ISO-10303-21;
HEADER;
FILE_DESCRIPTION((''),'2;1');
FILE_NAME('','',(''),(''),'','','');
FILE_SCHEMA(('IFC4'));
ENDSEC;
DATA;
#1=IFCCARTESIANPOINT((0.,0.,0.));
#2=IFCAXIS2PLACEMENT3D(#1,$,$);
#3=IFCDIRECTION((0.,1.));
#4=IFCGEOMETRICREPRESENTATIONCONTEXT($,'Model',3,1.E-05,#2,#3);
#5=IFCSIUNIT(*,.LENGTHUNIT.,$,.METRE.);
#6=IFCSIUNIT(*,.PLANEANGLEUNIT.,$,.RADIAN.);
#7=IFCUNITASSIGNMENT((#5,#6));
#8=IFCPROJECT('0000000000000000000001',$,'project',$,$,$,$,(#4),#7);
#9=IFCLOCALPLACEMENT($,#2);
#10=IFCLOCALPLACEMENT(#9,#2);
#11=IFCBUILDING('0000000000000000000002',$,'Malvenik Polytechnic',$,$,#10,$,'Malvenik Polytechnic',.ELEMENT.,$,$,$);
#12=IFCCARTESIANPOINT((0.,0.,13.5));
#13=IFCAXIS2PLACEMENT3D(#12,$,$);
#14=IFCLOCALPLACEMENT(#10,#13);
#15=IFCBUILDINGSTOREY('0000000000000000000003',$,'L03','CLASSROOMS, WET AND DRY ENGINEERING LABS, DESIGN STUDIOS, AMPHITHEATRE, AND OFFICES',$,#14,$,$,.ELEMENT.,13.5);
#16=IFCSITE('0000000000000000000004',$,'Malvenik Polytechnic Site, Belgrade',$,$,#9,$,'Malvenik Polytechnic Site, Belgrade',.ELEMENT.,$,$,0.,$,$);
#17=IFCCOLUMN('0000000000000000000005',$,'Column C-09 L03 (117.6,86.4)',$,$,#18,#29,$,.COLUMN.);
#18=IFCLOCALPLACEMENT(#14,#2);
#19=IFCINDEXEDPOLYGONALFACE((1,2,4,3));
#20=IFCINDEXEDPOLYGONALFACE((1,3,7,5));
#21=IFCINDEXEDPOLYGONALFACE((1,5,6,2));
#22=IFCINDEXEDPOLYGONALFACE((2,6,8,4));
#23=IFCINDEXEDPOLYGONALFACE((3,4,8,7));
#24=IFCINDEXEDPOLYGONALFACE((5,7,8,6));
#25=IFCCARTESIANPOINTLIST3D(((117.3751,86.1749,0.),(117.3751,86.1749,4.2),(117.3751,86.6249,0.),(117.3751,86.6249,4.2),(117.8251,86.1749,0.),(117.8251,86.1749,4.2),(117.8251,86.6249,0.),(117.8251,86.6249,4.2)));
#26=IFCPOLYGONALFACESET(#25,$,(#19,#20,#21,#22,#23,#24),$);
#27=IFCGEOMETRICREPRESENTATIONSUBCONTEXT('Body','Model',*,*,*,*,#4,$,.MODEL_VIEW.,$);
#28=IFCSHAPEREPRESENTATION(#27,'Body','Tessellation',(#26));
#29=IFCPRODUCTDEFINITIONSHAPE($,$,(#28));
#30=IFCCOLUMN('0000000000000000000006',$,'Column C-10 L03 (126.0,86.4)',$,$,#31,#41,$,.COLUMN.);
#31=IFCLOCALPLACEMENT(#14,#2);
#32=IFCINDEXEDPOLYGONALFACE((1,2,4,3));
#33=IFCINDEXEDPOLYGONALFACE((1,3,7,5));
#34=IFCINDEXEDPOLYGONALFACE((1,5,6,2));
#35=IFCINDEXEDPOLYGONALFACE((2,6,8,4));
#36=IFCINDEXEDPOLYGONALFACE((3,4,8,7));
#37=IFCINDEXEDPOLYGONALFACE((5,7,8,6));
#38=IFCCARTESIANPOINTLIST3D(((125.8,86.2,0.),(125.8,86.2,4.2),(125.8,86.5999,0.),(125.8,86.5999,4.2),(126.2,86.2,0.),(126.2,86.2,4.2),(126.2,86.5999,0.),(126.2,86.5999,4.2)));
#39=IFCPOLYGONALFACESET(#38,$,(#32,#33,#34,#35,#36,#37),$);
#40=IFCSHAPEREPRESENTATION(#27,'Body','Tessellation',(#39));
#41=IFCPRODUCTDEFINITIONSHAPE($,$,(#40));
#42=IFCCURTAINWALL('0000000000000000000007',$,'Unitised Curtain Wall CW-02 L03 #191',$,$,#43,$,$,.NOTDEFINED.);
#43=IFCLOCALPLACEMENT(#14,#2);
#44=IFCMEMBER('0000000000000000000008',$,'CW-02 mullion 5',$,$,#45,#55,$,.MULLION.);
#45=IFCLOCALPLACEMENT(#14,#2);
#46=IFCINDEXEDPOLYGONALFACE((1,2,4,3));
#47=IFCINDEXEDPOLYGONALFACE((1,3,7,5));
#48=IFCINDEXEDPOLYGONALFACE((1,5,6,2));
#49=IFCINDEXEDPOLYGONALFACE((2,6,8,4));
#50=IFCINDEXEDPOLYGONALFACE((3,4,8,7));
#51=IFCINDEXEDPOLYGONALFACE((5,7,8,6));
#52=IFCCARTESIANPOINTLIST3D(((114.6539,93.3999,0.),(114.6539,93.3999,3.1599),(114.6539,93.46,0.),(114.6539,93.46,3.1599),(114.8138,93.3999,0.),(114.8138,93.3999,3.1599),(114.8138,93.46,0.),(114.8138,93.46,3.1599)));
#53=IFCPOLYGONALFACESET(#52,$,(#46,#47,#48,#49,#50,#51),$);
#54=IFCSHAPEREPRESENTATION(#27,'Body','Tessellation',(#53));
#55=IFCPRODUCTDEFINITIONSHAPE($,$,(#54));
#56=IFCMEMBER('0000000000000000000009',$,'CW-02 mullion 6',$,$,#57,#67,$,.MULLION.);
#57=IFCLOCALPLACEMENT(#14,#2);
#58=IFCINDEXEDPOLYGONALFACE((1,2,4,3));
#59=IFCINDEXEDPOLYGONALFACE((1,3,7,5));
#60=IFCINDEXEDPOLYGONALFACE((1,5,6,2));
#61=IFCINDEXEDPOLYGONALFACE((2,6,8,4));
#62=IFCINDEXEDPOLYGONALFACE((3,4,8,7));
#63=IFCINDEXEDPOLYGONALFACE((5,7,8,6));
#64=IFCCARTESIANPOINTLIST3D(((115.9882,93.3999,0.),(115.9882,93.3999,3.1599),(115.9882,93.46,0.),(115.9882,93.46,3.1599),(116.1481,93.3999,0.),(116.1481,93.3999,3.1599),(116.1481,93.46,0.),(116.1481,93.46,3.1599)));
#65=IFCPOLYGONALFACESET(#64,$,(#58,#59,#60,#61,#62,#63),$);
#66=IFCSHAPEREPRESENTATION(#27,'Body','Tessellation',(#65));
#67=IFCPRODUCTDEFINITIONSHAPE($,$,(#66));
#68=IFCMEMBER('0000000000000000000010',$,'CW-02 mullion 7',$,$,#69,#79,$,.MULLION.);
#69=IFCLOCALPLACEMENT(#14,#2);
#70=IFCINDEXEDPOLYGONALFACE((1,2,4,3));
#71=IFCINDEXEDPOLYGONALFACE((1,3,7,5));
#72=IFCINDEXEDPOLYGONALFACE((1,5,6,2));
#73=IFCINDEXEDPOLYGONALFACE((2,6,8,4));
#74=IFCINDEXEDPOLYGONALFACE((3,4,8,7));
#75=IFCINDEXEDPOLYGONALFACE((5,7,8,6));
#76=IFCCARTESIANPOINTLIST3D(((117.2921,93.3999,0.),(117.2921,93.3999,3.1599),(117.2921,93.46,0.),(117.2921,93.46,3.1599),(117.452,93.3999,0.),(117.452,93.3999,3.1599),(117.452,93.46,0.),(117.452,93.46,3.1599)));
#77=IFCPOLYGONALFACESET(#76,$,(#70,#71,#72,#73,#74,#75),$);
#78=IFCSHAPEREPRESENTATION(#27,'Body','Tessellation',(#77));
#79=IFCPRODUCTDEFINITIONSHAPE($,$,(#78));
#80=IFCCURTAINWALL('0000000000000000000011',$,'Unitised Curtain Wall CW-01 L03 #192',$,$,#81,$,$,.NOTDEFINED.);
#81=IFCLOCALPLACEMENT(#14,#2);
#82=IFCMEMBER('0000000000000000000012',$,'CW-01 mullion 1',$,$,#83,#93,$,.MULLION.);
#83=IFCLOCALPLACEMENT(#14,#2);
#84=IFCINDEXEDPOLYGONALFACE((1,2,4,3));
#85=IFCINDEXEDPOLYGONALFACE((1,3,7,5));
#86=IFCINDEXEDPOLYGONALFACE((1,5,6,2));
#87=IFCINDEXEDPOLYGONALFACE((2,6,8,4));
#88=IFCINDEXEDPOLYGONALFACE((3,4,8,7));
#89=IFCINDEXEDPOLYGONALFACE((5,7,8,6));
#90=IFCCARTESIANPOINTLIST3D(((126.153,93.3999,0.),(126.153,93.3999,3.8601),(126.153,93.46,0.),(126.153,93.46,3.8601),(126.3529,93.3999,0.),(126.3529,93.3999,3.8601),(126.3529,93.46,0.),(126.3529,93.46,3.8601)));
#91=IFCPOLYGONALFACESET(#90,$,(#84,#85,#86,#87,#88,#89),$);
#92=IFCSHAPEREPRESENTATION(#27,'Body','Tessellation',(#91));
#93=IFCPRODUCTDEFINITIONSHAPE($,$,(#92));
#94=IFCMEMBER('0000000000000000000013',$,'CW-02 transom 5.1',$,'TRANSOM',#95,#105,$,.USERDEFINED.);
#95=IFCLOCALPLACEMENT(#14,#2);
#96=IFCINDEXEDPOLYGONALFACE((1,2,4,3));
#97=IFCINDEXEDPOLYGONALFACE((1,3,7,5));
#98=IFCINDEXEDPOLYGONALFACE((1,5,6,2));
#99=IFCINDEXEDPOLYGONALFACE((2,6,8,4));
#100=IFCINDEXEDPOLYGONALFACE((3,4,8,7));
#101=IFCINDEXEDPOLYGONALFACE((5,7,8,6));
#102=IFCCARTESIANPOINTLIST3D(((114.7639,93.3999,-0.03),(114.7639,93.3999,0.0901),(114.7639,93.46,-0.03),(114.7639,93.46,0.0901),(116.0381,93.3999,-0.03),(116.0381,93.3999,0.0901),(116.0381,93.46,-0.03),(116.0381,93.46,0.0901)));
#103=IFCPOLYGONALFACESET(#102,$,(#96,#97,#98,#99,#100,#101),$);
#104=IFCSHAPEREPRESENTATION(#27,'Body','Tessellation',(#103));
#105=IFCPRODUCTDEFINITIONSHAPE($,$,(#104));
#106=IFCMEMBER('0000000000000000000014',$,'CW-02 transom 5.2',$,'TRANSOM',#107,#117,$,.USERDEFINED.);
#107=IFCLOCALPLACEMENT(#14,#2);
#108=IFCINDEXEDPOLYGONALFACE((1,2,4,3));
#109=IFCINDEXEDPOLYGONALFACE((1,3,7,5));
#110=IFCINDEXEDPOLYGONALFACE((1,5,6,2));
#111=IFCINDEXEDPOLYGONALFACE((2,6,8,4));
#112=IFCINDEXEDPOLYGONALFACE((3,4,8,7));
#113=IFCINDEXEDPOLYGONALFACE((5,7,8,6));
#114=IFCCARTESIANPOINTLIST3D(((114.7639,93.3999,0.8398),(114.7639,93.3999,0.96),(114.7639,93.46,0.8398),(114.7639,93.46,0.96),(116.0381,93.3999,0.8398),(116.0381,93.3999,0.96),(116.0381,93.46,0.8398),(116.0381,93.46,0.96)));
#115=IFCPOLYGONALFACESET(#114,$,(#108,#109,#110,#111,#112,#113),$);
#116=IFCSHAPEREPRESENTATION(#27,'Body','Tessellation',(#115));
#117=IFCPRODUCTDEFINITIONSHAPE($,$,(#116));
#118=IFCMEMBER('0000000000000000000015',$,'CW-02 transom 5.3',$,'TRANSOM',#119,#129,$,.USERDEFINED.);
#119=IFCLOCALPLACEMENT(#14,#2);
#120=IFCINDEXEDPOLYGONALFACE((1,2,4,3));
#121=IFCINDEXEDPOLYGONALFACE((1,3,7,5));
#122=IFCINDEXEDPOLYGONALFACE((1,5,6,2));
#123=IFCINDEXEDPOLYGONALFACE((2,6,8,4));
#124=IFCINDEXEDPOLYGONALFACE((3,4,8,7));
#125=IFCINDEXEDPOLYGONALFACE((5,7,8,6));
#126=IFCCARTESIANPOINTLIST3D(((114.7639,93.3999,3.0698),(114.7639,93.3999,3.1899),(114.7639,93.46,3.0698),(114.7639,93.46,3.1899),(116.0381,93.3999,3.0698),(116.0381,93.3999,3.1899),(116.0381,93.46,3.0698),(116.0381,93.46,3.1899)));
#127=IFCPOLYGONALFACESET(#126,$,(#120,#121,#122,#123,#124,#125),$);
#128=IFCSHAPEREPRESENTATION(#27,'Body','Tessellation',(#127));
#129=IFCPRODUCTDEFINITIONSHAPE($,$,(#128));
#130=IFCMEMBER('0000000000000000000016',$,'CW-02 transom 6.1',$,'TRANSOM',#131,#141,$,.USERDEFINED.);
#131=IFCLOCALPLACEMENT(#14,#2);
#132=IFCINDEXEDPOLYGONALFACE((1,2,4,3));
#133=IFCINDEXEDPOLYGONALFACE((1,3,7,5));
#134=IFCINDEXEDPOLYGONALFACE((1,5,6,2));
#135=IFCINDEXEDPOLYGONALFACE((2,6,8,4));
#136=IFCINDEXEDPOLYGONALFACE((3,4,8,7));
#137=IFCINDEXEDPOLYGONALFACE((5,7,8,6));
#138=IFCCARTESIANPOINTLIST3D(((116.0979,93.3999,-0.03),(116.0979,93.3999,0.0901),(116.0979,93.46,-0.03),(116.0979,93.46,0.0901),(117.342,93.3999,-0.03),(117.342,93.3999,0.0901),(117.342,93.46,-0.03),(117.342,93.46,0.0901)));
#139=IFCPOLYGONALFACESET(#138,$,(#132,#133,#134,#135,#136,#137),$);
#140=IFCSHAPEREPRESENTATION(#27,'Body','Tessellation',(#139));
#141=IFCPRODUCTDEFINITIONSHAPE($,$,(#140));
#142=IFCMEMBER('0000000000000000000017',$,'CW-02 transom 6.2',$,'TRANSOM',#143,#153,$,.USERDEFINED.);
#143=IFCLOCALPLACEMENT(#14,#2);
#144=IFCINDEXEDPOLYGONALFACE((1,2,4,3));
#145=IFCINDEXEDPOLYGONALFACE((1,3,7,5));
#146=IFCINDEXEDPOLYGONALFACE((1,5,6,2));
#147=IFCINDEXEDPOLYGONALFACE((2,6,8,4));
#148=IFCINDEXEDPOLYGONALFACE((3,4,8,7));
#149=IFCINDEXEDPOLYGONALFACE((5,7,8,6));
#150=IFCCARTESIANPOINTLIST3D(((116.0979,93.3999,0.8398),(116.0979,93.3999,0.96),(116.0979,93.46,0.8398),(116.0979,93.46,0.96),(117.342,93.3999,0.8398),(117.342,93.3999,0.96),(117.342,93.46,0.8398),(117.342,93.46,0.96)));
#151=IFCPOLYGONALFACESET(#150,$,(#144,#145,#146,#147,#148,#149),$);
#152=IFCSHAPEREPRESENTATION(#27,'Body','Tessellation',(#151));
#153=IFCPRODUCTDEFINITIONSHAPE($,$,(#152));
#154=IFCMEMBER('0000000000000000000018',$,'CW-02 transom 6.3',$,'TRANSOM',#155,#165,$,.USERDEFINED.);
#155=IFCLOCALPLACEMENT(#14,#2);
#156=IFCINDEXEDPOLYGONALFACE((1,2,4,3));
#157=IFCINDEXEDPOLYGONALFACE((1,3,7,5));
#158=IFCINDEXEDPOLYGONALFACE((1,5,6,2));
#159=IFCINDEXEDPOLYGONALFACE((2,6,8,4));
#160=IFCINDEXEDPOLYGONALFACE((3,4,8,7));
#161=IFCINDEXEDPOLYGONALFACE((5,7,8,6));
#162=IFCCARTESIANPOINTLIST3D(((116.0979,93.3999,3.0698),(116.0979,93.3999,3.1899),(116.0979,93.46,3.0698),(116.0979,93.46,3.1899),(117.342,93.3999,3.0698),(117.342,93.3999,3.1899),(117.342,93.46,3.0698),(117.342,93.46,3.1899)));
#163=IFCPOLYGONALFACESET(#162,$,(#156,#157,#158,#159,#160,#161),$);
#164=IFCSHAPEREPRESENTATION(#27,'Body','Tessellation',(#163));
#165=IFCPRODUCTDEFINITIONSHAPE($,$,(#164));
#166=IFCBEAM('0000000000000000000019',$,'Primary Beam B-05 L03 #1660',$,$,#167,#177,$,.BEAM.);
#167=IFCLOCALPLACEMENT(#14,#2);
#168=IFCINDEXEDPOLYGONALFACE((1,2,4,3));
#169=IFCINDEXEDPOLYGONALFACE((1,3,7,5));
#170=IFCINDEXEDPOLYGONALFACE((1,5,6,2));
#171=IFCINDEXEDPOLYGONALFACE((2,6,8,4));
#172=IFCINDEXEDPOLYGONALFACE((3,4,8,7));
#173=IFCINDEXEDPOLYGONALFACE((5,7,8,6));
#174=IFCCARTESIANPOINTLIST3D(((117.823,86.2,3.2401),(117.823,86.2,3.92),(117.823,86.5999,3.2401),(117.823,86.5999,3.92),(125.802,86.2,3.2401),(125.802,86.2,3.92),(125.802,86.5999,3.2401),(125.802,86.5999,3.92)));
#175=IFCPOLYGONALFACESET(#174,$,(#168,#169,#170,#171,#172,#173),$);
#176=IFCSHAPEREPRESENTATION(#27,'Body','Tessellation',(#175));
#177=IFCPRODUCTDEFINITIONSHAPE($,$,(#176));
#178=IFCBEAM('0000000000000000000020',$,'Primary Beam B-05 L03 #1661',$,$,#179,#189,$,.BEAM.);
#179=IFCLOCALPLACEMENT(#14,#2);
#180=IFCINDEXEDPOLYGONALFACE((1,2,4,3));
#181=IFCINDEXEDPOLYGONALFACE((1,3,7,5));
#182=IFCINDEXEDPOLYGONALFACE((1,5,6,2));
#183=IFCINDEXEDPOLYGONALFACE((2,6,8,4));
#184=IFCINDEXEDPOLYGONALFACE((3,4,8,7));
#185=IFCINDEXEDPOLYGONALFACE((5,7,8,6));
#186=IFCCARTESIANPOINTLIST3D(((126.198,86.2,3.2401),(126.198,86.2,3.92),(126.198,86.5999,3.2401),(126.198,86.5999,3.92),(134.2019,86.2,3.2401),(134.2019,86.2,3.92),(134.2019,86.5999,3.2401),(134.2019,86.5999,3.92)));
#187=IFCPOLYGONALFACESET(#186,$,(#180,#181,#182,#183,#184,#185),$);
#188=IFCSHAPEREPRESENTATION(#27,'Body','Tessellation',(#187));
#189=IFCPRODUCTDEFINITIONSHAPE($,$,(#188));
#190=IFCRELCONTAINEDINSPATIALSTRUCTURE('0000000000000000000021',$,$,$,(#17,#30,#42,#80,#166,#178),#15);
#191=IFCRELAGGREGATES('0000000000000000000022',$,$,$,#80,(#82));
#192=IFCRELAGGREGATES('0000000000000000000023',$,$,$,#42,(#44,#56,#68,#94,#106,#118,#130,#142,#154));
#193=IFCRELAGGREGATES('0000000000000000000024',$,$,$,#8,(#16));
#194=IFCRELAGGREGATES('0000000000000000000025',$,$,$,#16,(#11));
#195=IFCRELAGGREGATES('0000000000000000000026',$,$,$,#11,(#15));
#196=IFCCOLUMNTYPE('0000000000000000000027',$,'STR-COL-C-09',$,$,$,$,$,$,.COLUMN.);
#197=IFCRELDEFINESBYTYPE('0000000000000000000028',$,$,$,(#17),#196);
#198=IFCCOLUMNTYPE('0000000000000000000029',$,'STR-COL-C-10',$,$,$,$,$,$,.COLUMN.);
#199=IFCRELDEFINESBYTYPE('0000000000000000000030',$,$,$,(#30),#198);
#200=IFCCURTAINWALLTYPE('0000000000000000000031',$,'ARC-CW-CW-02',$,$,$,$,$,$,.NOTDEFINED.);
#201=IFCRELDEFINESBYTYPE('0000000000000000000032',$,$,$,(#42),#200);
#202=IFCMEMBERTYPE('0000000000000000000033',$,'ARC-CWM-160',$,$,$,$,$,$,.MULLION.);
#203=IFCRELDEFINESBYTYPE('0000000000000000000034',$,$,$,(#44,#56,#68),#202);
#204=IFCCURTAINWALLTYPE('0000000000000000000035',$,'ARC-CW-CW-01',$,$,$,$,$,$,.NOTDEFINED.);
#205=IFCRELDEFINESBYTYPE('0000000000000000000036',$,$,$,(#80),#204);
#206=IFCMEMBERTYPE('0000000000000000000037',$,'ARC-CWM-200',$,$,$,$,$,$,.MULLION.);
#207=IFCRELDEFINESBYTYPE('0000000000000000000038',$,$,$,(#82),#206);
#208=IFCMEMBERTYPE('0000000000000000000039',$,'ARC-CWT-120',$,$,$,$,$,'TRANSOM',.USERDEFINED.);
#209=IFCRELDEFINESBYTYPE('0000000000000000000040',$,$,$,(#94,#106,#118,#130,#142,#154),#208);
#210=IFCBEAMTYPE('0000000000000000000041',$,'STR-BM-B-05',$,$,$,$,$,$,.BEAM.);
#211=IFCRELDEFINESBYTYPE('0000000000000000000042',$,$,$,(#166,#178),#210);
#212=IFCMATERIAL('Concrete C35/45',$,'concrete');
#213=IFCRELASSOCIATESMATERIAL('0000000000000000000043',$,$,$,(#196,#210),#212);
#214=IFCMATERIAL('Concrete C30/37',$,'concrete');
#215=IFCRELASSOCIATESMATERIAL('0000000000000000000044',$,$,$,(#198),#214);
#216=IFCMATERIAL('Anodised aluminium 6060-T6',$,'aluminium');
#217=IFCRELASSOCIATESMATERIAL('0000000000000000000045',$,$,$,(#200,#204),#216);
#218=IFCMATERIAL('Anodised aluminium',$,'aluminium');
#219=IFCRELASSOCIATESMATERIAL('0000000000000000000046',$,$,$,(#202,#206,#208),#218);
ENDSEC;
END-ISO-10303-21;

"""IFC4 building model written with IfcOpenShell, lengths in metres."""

from ifc_helpers import new_model, si_unit, direction, frame, origin, origin_2d, place, context, subcontext, project, spatial, rectangle, extrude, material, material_profile, profile_set, type_object, element, aggregate, save


model = new_model("IFC4")

# Units and contexts
model_context = context("Model", 3, precision=1e-05, world=origin(), true_north=direction((0.0, 1.0)))
body_context = subcontext(model_context, "Body", "Model", "MODEL_VIEW")
ifc_project = project(units=[si_unit("LENGTHUNIT", "METRE"), si_unit("PLANEANGLEUNIT", "RADIAN")], contexts=[model_context])

# Site, building, storey
site_placement = place(None, origin())
site = spatial("IfcSite", under=ifc_project, at=site_placement, Name="Malvenik Polytechnic Site, Belgrade", LongName="Malvenik Polytechnic Site, Belgrade", CompositionType="ELEMENT", RefElevation=0.0)
building_placement = place(site_placement, origin())
building = spatial("IfcBuilding", under=site, at=building_placement, Name="Malvenik Polytechnic", LongName="Malvenik Polytechnic", CompositionType="ELEMENT")
storey_placement = place(building_placement, frame((0.0, 0.0, 13.5)))
storey = spatial("IfcBuildingStorey", under=building, at=storey_placement, Name="L03", Description="CLASSROOMS, WET AND DRY ENGINEERING LABS, DESIGN STUDIOS, AMPHITHEATRE, AND OFFICES", CompositionType="ELEMENT", Elevation=13.5)

# Columns
ifc_material_1 = material(Name="Concrete C35/45", Category="concrete")
ifc_material_profile_1 = material_profile(ifc_material_1, rectangle(XDim=0.45, YDim=0.45, at=origin_2d()), Name="RC COL 450x450")
ifc_profile_set_1 = profile_set([ifc_material_profile_1], Name="Concrete C35/45")
column_type_1 = type_object("IfcColumnType", Name="STR-COL-C-09", PredefinedType="COLUMN", material=ifc_profile_set_1)
column_1_placement = place(storey_placement, frame((117.6001, 86.3999, 0.0), z_axis=(0.0, 0.0, 1.0), x_axis=(1.0, 0.0, 0.0)))
element("IfcColumn", 1, at=column_1_placement, inside=storey, type_object=column_type_1, Name="Column C-09 L03 (117.6,86.4)", PredefinedType="COLUMN", context=body_context, shape_type="SweptSolid", body=[
    extrude(rectangle(XDim=0.45, YDim=0.45, at=origin_2d()), origin(), (0.0, 0.0, 1.0), 4.2),
])
ifc_material_2 = material(Name="Concrete C30/37", Category="concrete")
ifc_material_profile_2 = material_profile(ifc_material_2, rectangle(XDim=0.3999, YDim=0.3999, at=origin_2d()), Name="RC COL 400x400")
ifc_profile_set_2 = profile_set([ifc_material_profile_2], Name="Concrete C30/37")
column_type_2 = type_object("IfcColumnType", Name="STR-COL-C-10", PredefinedType="COLUMN", material=ifc_profile_set_2)
column_2_placement = place(storey_placement, frame((126.0, 86.3999, 0.0), z_axis=(0.0, 0.0, 1.0), x_axis=(1.0, 0.0, 0.0)))
element("IfcColumn", 2, at=column_2_placement, inside=storey, type_object=column_type_2, Name="Column C-10 L03 (126.0,86.4)", PredefinedType="COLUMN", context=body_context, shape_type="SweptSolid", body=[
    extrude(rectangle(XDim=0.3999, YDim=0.3999, at=origin_2d()), origin(), (0.0, 0.0, 1.0), 4.2),
])

# Curtain wall, members
ifc_material_3 = material(Name="Anodised aluminium 6060-T6", Category="aluminium")
curtain_wall_type_1 = type_object("IfcCurtainWallType", Name="ARC-CW-CW-02", PredefinedType="NOTDEFINED", material=ifc_material_3)
curtain_wall_1_placement = place(storey_placement, origin())
curtain_wall_1 = element("IfcCurtainWall", 3, at=curtain_wall_1_placement, inside=storey, type_object=curtain_wall_type_1, Name="Unitised Curtain Wall CW-02 L03 #191", PredefinedType="NOTDEFINED")
ifc_material_4 = material(Name="Anodised aluminium", Category="aluminium")
ifc_material_profile_3 = material_profile(ifc_material_4, rectangle(XDim=0.0601, YDim=0.1599, at=origin_2d()), Name="ALU MULLION 60x160")
ifc_profile_set_3 = profile_set([ifc_material_profile_3], Name="Anodised aluminium")
member_type_1 = type_object("IfcMemberType", Name="ARC-CWM-160", PredefinedType="MULLION", material=ifc_profile_set_3)
member_1_placement = place(storey_placement, frame((114.7339, 93.4299, 0.0), z_axis=(0.0, 0.0, 1.0), x_axis=(0.0, 1.0, 0.0)))
member_1 = element("IfcMember", 4, at=member_1_placement, type_object=member_type_1, Name="CW-02 mullion 5", PredefinedType="MULLION", context=body_context, shape_type="SweptSolid", body=[
    extrude(rectangle(XDim=0.0601, YDim=0.1599, at=origin_2d()), origin(), (0.0, 0.0, 1.0), 3.1599),
])
member_2_placement = place(storey_placement, frame((116.0681, 93.4299, 0.0), z_axis=(0.0, 0.0, 1.0), x_axis=(0.0, 1.0, 0.0)))
member_2 = element("IfcMember", 5, at=member_2_placement, type_object=member_type_1, Name="CW-02 mullion 6", PredefinedType="MULLION", context=body_context, shape_type="SweptSolid", body=[
    extrude(rectangle(XDim=0.0601, YDim=0.1599, at=origin_2d()), origin(), (0.0, 0.0, 1.0), 3.1599),
])
member_3_placement = place(storey_placement, frame((117.3721, 93.4299, 0.0), z_axis=(0.0, 0.0, 1.0), x_axis=(0.0, 1.0, 0.0)))
member_3 = element("IfcMember", 6, at=member_3_placement, type_object=member_type_1, Name="CW-02 mullion 7", PredefinedType="MULLION", context=body_context, shape_type="SweptSolid", body=[
    extrude(rectangle(XDim=0.0601, YDim=0.1599, at=origin_2d()), origin(), (0.0, 0.0, 1.0), 3.1599),
])

# Curtain wall, member
curtain_wall_type_2 = type_object("IfcCurtainWallType", Name="ARC-CW-CW-01", PredefinedType="NOTDEFINED", material=ifc_material_3)
curtain_wall_2_placement = place(storey_placement, origin())
curtain_wall_2 = element("IfcCurtainWall", 7, at=curtain_wall_2_placement, inside=storey, type_object=curtain_wall_type_2, Name="Unitised Curtain Wall CW-01 L03 #192", PredefinedType="NOTDEFINED")
ifc_material_profile_4 = material_profile(ifc_material_4, rectangle(XDim=0.0601, YDim=0.2, at=origin_2d()), Name="ALU MULLION 60x200")
ifc_profile_set_4 = profile_set([ifc_material_profile_4], Name="Anodised aluminium")
member_type_2 = type_object("IfcMemberType", Name="ARC-CWM-200", PredefinedType="MULLION", material=ifc_profile_set_4)
member_4_placement = place(storey_placement, frame((126.2529, 93.4299, 0.0), z_axis=(0.0, 0.0, 1.0), x_axis=(0.0, 1.0, 0.0)))
member_4 = element("IfcMember", 8, at=member_4_placement, type_object=member_type_2, Name="CW-01 mullion 1", PredefinedType="MULLION", context=body_context, shape_type="SweptSolid", body=[
    extrude(rectangle(XDim=0.0601, YDim=0.2, at=origin_2d()), origin(), (0.0, 0.0, 1.0), 3.8601),
])
aggregate(curtain_wall_2, [member_4])

# Members
ifc_material_profile_5 = material_profile(ifc_material_4, rectangle(XDim=0.0601, YDim=0.1201, at=origin_2d()), Name="ALU TRANSOM 60x120")
ifc_profile_set_5 = profile_set([ifc_material_profile_5], Name="Anodised aluminium")
member_type_3 = type_object("IfcMemberType", Name="ARC-CWT-120", ElementType="TRANSOM", PredefinedType="USERDEFINED", material=ifc_profile_set_5)
member_5_placement = place(storey_placement, frame((114.7639, 93.4299, 0.03), z_axis=(1.0, 0.0, 0.0), x_axis=(0.0, 1.0, 0.0)))
member_5 = element("IfcMember", 9, at=member_5_placement, type_object=member_type_3, Name="CW-02 transom 5.1", ObjectType="TRANSOM", PredefinedType="USERDEFINED", context=body_context, shape_type="SweptSolid", body=[
    extrude(rectangle(XDim=0.0601, YDim=0.1201, at=origin_2d()), origin(), (0.0, 0.0, 1.0), 1.2742),
])
member_6_placement = place(storey_placement, frame((114.7639, 93.4299, 0.8999), z_axis=(1.0, 0.0, 0.0), x_axis=(0.0, 1.0, 0.0)))
member_6 = element("IfcMember", 10, at=member_6_placement, type_object=member_type_3, Name="CW-02 transom 5.2", ObjectType="TRANSOM", PredefinedType="USERDEFINED", context=body_context, shape_type="SweptSolid", body=[
    extrude(rectangle(XDim=0.0601, YDim=0.1201, at=origin_2d()), origin(), (0.0, 0.0, 1.0), 1.2742),
])
member_7_placement = place(storey_placement, frame((114.7639, 93.4299, 3.1299), z_axis=(1.0, 0.0, 0.0), x_axis=(0.0, 1.0, 0.0)))
member_7 = element("IfcMember", 11, at=member_7_placement, type_object=member_type_3, Name="CW-02 transom 5.3", ObjectType="TRANSOM", PredefinedType="USERDEFINED", context=body_context, shape_type="SweptSolid", body=[
    extrude(rectangle(XDim=0.0601, YDim=0.1201, at=origin_2d()), origin(), (0.0, 0.0, 1.0), 1.2742),
])
member_8_placement = place(storey_placement, frame((116.0979, 93.4299, 0.03), z_axis=(1.0, 0.0, 0.0), x_axis=(0.0, 1.0, 0.0)))
member_8 = element("IfcMember", 12, at=member_8_placement, type_object=member_type_3, Name="CW-02 transom 6.1", ObjectType="TRANSOM", PredefinedType="USERDEFINED", context=body_context, shape_type="SweptSolid", body=[
    extrude(rectangle(XDim=0.0601, YDim=0.1201, at=origin_2d()), origin(), (0.0, 0.0, 1.0), 1.2441),
])
member_9_placement = place(storey_placement, frame((116.0979, 93.4299, 0.8999), z_axis=(1.0, 0.0, 0.0), x_axis=(0.0, 1.0, 0.0)))
member_9 = element("IfcMember", 13, at=member_9_placement, type_object=member_type_3, Name="CW-02 transom 6.2", ObjectType="TRANSOM", PredefinedType="USERDEFINED", context=body_context, shape_type="SweptSolid", body=[
    extrude(rectangle(XDim=0.0601, YDim=0.1201, at=origin_2d()), origin(), (0.0, 0.0, 1.0), 1.2441),
])
member_10_placement = place(storey_placement, frame((116.0979, 93.4299, 3.1299), z_axis=(1.0, 0.0, 0.0), x_axis=(0.0, 1.0, 0.0)))
member_10 = element("IfcMember", 14, at=member_10_placement, type_object=member_type_3, Name="CW-02 transom 6.3", ObjectType="TRANSOM", PredefinedType="USERDEFINED", context=body_context, shape_type="SweptSolid", body=[
    extrude(rectangle(XDim=0.0601, YDim=0.1201, at=origin_2d()), origin(), (0.0, 0.0, 1.0), 1.2441),
])

# Beams
ifc_material_profile_6 = material_profile(ifc_material_1, rectangle(XDim=0.3999, YDim=0.6799, at=origin_2d()), Name="RC BM 400x680")
ifc_profile_set_6 = profile_set([ifc_material_profile_6], Name="Concrete C35/45")
beam_type_1 = type_object("IfcBeamType", Name="STR-BM-B-05", PredefinedType="BEAM", material=ifc_profile_set_6)
beam_1_placement = place(storey_placement, frame((117.823, 86.3999, 3.5801), z_axis=(1.0, 0.0, 0.0), x_axis=(0.0, 1.0, 0.0)))
element("IfcBeam", 15, at=beam_1_placement, inside=storey, type_object=beam_type_1, Name="Primary Beam B-05 L03 #1660", PredefinedType="BEAM", context=body_context, shape_type="SweptSolid", body=[
    extrude(rectangle(XDim=0.3999, YDim=0.6799, at=origin_2d()), origin(), (0.0, 0.0, 1.0), 7.979),
])
beam_2_placement = place(storey_placement, frame((126.198, 86.3999, 3.5801), z_axis=(1.0, 0.0, 0.0), x_axis=(0.0, 1.0, 0.0)))
element("IfcBeam", 16, at=beam_2_placement, inside=storey, type_object=beam_type_1, Name="Primary Beam B-05 L03 #1661", PredefinedType="BEAM", context=body_context, shape_type="SweptSolid", body=[
    extrude(rectangle(XDim=0.3999, YDim=0.6799, at=origin_2d()), origin(), (0.0, 0.0, 1.0), 8.0039),
])

aggregate(curtain_wall_1, [member_1, member_2, member_3, member_5, member_6, member_7, member_8, member_9, member_10])

save(model, "model.ifc")
